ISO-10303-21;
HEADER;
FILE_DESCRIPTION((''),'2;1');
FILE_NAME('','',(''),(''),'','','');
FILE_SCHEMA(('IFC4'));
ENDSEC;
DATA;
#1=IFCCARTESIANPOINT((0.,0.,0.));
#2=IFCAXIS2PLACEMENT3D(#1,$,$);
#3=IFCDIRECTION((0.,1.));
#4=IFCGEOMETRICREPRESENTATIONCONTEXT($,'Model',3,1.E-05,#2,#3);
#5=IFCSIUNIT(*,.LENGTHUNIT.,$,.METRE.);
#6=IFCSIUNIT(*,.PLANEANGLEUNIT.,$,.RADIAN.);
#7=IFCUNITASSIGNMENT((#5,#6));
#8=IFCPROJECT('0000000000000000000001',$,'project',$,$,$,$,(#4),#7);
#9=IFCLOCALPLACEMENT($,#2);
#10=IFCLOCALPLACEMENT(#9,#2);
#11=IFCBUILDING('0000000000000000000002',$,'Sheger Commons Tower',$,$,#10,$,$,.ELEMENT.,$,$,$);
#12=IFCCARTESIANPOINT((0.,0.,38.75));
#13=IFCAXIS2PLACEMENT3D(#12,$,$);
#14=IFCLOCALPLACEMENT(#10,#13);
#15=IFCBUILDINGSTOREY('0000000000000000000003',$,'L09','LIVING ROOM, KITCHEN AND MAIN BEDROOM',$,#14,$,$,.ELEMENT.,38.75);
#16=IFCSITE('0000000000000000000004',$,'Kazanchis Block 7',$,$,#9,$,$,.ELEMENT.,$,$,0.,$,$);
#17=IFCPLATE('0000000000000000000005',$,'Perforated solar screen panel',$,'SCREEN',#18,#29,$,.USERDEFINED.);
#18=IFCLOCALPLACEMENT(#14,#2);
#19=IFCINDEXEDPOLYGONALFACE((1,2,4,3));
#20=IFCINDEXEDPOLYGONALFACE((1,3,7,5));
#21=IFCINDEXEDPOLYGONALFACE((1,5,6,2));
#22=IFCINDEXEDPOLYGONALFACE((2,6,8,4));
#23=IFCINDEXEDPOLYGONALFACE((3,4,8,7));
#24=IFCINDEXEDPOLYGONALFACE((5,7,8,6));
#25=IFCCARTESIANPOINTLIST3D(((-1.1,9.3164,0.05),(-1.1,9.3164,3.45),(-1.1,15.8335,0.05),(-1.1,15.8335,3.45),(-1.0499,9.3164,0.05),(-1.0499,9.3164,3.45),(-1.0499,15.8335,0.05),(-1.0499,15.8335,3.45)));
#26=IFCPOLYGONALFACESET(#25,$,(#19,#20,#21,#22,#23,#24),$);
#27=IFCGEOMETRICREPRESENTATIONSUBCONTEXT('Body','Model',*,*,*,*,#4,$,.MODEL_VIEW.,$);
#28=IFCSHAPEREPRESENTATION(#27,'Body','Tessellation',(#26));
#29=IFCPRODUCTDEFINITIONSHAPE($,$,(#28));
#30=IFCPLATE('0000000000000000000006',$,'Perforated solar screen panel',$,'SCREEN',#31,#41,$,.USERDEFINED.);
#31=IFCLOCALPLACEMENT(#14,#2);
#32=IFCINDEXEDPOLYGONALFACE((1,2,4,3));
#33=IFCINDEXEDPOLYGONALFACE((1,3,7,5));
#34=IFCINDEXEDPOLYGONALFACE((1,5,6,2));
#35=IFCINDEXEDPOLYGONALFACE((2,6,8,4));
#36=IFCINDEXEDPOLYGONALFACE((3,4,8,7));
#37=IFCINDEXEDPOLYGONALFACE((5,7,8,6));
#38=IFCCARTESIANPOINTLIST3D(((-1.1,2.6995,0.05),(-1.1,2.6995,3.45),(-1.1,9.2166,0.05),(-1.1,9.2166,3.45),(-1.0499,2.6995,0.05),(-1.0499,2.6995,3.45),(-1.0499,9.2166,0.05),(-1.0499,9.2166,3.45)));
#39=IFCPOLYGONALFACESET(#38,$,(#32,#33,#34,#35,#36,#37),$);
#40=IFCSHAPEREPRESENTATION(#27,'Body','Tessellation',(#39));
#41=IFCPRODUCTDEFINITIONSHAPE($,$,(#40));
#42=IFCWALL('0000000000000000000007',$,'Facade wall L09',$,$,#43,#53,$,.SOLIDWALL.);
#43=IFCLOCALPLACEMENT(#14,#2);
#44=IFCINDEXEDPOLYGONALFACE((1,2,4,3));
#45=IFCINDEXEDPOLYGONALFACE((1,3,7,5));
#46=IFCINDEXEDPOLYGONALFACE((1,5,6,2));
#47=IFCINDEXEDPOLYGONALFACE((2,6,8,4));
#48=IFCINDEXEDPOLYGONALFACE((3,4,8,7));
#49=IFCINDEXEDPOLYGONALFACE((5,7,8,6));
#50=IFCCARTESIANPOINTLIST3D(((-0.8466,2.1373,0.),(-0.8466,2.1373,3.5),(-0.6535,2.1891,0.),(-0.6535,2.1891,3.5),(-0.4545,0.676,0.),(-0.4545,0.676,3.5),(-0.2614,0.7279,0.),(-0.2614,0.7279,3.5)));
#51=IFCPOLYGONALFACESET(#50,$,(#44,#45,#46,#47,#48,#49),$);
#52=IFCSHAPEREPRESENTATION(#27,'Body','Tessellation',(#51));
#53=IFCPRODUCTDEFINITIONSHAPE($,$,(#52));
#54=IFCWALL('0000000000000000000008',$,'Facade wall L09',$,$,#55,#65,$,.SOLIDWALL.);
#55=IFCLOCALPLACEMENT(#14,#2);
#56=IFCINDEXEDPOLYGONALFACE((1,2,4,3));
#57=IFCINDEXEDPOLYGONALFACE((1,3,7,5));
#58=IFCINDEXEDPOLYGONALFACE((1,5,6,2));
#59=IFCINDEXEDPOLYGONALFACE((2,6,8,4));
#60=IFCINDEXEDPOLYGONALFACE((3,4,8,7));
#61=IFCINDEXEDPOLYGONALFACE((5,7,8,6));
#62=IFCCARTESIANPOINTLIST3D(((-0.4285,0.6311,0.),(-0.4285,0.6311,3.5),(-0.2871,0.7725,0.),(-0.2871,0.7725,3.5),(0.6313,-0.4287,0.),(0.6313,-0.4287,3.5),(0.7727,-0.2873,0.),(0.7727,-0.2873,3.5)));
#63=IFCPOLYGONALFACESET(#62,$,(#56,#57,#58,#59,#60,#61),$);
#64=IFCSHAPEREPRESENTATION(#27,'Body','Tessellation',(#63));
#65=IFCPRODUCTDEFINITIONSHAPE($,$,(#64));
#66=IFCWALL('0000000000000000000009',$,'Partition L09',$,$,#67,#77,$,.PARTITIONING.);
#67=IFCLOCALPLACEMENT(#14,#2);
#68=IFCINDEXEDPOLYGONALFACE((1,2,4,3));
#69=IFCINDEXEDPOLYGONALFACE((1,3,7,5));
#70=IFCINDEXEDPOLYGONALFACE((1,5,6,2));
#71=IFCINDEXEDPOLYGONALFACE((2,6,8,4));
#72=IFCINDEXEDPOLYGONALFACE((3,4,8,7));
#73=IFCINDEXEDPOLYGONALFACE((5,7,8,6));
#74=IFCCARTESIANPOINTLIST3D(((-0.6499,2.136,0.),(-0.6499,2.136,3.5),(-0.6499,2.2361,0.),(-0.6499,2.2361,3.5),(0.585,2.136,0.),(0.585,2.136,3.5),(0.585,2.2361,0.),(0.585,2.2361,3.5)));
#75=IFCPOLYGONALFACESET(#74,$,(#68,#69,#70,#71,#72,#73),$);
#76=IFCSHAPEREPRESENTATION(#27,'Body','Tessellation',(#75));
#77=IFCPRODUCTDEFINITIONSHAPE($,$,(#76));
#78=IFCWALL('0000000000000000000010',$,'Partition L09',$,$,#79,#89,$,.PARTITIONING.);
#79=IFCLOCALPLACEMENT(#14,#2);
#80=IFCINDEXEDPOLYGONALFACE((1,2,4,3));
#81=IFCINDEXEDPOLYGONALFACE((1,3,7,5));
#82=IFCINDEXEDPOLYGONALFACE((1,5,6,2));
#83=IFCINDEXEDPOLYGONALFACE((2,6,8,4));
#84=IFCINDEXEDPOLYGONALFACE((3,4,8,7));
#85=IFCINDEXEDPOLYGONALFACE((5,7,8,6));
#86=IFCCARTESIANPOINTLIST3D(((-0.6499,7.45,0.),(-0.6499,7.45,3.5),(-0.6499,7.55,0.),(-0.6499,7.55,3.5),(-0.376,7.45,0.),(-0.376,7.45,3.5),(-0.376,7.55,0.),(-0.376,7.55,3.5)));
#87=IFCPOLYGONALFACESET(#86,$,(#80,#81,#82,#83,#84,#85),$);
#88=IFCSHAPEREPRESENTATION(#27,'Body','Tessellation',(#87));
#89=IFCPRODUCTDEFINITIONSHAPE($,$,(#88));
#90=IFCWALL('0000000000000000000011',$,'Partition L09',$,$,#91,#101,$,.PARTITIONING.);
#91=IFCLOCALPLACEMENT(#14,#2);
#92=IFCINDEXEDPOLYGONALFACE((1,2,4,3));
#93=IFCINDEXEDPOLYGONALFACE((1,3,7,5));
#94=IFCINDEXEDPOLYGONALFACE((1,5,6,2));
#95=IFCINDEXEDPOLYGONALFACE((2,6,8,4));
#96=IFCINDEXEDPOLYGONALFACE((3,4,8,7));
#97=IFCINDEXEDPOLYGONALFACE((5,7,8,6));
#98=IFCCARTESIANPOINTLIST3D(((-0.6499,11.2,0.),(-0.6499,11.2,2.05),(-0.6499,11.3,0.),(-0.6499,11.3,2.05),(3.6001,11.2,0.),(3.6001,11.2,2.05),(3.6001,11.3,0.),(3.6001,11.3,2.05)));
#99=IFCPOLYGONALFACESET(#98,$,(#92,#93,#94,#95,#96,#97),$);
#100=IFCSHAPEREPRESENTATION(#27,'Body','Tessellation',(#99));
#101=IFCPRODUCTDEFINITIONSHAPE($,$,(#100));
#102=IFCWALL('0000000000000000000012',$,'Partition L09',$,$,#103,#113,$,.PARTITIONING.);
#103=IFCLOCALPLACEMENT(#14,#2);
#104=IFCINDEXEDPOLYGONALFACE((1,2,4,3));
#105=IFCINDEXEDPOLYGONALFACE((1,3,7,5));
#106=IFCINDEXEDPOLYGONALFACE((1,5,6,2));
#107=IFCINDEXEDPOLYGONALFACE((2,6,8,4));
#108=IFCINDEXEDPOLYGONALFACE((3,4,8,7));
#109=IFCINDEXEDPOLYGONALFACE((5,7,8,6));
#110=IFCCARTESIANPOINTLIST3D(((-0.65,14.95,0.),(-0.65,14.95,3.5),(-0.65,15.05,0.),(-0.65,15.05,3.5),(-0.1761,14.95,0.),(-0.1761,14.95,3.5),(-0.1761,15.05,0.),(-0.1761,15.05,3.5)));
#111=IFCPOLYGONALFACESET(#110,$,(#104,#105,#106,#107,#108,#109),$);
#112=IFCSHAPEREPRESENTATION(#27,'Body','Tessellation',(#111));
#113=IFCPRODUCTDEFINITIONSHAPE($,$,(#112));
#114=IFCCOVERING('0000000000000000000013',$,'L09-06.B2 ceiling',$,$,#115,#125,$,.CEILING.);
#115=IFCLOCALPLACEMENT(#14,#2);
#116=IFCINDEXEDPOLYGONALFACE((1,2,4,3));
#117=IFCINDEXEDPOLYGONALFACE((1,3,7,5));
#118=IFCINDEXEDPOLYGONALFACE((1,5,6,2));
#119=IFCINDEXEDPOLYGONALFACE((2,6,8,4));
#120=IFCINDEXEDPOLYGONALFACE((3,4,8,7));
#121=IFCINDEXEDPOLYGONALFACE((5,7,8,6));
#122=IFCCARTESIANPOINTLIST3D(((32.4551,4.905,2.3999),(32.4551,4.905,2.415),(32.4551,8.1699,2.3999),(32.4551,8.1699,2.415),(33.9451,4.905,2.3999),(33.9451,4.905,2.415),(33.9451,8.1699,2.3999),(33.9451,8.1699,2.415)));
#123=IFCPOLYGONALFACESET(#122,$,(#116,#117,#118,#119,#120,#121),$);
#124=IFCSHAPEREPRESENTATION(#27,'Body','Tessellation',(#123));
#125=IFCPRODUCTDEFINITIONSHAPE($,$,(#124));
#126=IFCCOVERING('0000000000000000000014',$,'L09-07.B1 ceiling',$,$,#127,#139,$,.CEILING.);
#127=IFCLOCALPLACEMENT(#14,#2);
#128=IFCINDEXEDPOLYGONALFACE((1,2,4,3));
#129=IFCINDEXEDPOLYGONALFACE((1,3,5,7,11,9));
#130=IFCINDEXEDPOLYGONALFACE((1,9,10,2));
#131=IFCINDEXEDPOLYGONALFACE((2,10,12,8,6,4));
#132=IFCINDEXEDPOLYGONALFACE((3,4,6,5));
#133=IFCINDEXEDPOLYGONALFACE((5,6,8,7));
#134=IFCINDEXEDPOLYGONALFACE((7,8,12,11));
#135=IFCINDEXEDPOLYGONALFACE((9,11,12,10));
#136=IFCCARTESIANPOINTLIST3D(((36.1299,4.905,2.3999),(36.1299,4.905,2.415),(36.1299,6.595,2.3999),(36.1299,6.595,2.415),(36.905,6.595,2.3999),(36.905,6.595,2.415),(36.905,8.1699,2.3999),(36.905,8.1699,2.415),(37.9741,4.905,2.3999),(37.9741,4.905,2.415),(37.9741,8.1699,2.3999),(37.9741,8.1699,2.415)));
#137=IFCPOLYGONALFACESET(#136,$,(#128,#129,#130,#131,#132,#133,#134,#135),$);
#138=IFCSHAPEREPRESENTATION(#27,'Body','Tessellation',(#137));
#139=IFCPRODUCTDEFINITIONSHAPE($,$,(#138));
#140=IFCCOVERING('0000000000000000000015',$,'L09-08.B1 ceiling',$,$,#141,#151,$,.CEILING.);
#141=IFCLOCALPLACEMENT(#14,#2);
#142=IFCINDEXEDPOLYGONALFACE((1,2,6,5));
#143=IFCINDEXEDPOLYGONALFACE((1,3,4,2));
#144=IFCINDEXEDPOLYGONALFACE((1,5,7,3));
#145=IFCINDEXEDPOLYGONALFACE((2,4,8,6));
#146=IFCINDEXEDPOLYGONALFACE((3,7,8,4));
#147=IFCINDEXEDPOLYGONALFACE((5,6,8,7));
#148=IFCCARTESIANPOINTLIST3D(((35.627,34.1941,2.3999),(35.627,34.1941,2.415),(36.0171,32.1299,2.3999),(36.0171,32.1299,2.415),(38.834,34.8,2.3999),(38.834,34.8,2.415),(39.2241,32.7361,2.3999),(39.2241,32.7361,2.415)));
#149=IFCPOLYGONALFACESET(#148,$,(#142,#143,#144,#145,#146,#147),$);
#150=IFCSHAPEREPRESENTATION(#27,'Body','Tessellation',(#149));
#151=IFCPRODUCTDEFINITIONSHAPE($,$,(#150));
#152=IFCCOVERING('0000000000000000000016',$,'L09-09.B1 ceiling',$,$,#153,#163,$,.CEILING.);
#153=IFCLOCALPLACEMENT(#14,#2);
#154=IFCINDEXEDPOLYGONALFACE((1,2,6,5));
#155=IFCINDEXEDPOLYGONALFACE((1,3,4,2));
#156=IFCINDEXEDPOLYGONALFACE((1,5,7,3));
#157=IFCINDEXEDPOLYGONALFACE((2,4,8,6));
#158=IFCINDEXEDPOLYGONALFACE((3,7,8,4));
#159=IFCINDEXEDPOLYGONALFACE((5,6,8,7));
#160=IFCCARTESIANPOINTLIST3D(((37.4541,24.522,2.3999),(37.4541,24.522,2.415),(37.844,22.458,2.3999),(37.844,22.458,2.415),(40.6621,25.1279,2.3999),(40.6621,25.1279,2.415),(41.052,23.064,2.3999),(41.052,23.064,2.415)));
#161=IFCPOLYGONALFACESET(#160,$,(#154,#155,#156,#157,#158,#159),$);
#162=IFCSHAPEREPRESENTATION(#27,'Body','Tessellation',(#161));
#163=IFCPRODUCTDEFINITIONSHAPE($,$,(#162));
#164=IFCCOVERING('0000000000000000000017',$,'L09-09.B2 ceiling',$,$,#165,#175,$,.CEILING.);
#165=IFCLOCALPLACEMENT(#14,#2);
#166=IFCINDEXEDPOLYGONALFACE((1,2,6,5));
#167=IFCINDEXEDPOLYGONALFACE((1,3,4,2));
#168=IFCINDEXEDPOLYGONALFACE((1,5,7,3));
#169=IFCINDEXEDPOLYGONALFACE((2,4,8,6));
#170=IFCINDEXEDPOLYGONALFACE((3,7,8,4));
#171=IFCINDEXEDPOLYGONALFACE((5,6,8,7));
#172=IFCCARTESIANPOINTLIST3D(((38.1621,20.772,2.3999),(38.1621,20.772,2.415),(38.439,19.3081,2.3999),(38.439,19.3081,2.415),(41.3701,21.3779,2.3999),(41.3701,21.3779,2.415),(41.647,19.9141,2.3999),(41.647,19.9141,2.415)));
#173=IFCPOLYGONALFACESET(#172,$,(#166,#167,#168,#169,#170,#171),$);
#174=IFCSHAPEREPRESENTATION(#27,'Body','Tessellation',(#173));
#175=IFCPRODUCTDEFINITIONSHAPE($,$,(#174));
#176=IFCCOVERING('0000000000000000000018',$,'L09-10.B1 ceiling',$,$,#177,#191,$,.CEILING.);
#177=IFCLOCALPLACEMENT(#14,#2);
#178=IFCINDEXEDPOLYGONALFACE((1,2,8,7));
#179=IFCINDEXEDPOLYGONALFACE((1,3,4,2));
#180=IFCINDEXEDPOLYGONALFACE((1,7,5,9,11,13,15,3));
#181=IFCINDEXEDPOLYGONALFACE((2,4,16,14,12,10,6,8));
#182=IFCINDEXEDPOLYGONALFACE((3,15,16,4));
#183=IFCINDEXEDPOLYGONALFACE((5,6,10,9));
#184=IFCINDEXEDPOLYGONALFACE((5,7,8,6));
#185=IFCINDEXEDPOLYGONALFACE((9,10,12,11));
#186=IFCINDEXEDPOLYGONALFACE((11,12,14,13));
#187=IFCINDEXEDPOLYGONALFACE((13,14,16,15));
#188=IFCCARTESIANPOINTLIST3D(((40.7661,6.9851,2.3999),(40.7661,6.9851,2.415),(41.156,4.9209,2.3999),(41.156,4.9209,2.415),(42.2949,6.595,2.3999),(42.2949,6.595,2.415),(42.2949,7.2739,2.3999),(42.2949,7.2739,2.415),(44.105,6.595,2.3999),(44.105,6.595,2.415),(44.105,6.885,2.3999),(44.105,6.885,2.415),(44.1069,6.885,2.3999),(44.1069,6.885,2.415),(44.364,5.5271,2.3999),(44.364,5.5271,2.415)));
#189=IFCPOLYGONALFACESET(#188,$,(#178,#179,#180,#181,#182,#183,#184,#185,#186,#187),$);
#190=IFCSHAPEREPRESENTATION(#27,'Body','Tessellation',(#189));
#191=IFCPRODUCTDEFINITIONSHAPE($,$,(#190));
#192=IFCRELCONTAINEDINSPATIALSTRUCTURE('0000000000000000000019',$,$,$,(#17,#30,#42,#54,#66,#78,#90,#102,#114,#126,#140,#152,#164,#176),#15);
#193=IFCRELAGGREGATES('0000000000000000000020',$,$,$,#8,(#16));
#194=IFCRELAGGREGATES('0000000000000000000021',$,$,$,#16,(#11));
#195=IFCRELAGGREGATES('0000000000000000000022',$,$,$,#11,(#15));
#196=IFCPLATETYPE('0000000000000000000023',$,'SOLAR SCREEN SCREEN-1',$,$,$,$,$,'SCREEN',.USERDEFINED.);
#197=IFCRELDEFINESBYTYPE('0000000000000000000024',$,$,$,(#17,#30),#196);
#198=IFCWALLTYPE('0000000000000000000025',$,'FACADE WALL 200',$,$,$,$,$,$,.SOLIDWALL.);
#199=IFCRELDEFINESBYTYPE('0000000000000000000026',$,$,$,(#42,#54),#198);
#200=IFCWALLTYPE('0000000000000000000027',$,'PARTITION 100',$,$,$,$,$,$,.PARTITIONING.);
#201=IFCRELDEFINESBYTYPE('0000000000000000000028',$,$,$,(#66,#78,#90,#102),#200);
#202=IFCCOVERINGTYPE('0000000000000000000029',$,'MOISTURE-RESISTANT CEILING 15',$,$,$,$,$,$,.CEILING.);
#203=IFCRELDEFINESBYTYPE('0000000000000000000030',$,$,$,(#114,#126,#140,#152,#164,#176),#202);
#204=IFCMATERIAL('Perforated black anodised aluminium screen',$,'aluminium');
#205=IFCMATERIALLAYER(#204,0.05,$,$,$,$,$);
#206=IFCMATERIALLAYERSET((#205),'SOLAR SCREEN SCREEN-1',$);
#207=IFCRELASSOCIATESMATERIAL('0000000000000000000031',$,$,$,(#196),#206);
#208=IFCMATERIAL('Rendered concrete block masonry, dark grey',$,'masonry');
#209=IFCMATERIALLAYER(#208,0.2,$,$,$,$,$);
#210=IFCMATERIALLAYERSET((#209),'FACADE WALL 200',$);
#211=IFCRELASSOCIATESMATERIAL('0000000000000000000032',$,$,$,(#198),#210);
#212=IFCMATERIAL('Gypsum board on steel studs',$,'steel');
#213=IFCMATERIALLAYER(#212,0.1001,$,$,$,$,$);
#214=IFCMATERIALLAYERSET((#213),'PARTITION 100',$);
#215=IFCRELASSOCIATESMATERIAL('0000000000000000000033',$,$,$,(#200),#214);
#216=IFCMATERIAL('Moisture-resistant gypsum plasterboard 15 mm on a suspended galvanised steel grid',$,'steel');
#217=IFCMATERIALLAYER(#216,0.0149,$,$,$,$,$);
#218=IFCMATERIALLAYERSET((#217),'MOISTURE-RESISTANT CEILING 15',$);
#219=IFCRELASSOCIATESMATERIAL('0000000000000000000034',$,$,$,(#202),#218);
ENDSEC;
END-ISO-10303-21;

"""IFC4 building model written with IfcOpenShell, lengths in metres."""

from ifc_helpers import new_model, si_unit, direction, frame, frame_2d, origin, origin_2d, place, context, subcontext, project, spatial, polyline, rectangle, outline, extrude, material, layer, layer_set, type_object, element, save


model = new_model("IFC4")

# Units and contexts
model_context = context("Model", 3, precision=1e-05, world=origin(), true_north=direction((0.0, 1.0)))
body_context = subcontext(model_context, "Body", "Model", "MODEL_VIEW")
ifc_project = project(units=[si_unit("LENGTHUNIT", "METRE"), si_unit("PLANEANGLEUNIT", "RADIAN")], contexts=[model_context])

# Site, building, storey
site_placement = place(None, origin())
site = spatial("IfcSite", under=ifc_project, at=site_placement, Name="Kazanchis Block 7", CompositionType="ELEMENT", RefElevation=0.0)
building_placement = place(site_placement, origin())
building = spatial("IfcBuilding", under=site, at=building_placement, Name="Sheger Commons Tower", CompositionType="ELEMENT")
storey_placement = place(building_placement, frame((0.0, 0.0, 38.75)))
storey = spatial("IfcBuildingStorey", under=building, at=storey_placement, Name="L09", Description="LIVING ROOM, KITCHEN AND MAIN BEDROOM", CompositionType="ELEMENT", Elevation=38.75)

# Plates
ifc_material_1 = material(Name="Perforated black anodised aluminium screen", Category="aluminium")
ifc_layer_1 = layer(ifc_material_1, 0.05)
ifc_layer_set_1 = layer_set([ifc_layer_1], Name="SOLAR SCREEN SCREEN-1")
plate_type = type_object("IfcPlateType", Name="SOLAR SCREEN SCREEN-1", ElementType="SCREEN", PredefinedType="USERDEFINED", material=ifc_layer_set_1)
for number, where, z_axis, x_axis, name in (
    (1, (-1.075, 12.575, 0.05), (0.0, 0.0, 1.0), (0.0, -1.0, 0.0), "Perforated solar screen panel"),
    (2, (-1.075, 5.958, 0.05), (0.0, 0.0, 1.0), (0.0, -1.0, 0.0), "Perforated solar screen panel"),
):
    element("IfcPlate", number, at=place(storey_placement, frame(where, z_axis=z_axis, x_axis=x_axis)), inside=storey, type_object=plate_type, Name=name, ObjectType="SCREEN", PredefinedType="USERDEFINED", context=body_context, shape_type="SweptSolid", body=[
        extrude(rectangle(XDim=6.5171, YDim=0.05, at=origin_2d()), origin(), (0.0, 0.0, 1.0), 3.3999),
    ])

# Walls
ifc_material_2 = material(Name="Rendered concrete block masonry, dark grey", Category="masonry")
ifc_layer_2 = layer(ifc_material_2, 0.2)
ifc_layer_set_2 = layer_set([ifc_layer_2], Name="FACADE WALL 200")
wall_type_1 = type_object("IfcWallType", Name="FACADE WALL 200", PredefinedType="SOLIDWALL", material=ifc_layer_set_2)
wall_1_placement = place(storey_placement, frame((-0.75, 2.1631, 0.0), z_axis=(0.0, 0.0, 1.0), x_axis=(0.259169, -0.965832, 0.0)))
element("IfcWall", 3, at=wall_1_placement, inside=storey, type_object=wall_type_1, Name="Facade wall L09", PredefinedType="SOLIDWALL", context=body_context, shape_type="SweptSolid", body=[
    extrude(rectangle(XDim=1.5129, YDim=0.2, at=frame_2d((0.7563, 0.0))), origin(), (0.0, 0.0, 1.0), 3.5),
])
wall_2_placement = place(storey_placement, frame((-0.3579, 0.7019, 0.0), z_axis=(0.0, 0.0, 1.0), x_axis=(0.707107, -0.707107, 0.0)))
element("IfcWall", 4, at=wall_2_placement, inside=storey, type_object=wall_type_1, Name="Facade wall L09", PredefinedType="SOLIDWALL", context=body_context, shape_type="SweptSolid", body=[
    extrude(rectangle(XDim=1.4988, YDim=0.2, at=frame_2d((0.7495, 0.0))), origin(), (0.0, 0.0, 1.0), 3.5),
])
ifc_material_3 = material(Name="Gypsum board on steel studs", Category="steel")
ifc_layer_3 = layer(ifc_material_3, 0.1001)
ifc_layer_set_3 = layer_set([ifc_layer_3], Name="PARTITION 100")
wall_type_2 = type_object("IfcWallType", Name="PARTITION 100", PredefinedType="PARTITIONING", material=ifc_layer_set_3)
wall_3_placement = place(storey_placement, frame((-0.6499, 2.186, 0.0), z_axis=(0.0, 0.0, 1.0), x_axis=(1.0, 0.0, 0.0)))
element("IfcWall", 5, at=wall_3_placement, inside=storey, type_object=wall_type_2, Name="Partition L09", PredefinedType="PARTITIONING", context=body_context, shape_type="SweptSolid", body=[
    extrude(rectangle(XDim=1.2349, YDim=0.1001, at=frame_2d((0.6174, 0.0))), origin(), (0.0, 0.0, 1.0), 3.5),
])
wall_4_placement = place(storey_placement, frame((-0.6499, 7.5, 0.0), z_axis=(0.0, 0.0, 1.0), x_axis=(1.0, 0.0, 0.0)))
element("IfcWall", 6, at=wall_4_placement, inside=storey, type_object=wall_type_2, Name="Partition L09", PredefinedType="PARTITIONING", context=body_context, shape_type="SweptSolid", body=[
    extrude(rectangle(XDim=0.2739, YDim=0.1001, at=frame_2d((0.137, 0.0))), origin(), (0.0, 0.0, 1.0), 3.5),
])
wall_5_placement = place(storey_placement, frame((-0.6499, 11.25, 0.0), z_axis=(0.0, 0.0, 1.0), x_axis=(1.0, 0.0, 0.0)))
element("IfcWall", 7, at=wall_5_placement, inside=storey, type_object=wall_type_2, Name="Partition L09", PredefinedType="PARTITIONING", context=body_context, shape_type="SweptSolid", body=[
    extrude(rectangle(XDim=4.25, YDim=0.1001, at=frame_2d((2.125, 0.0))), origin(), (0.0, 0.0, 1.0), 2.05),
])
wall_6_placement = place(storey_placement, frame((-0.6499, 15.0, 0.0), z_axis=(0.0, 0.0, 1.0), x_axis=(1.0, 0.0, 0.0)))
element("IfcWall", 8, at=wall_6_placement, inside=storey, type_object=wall_type_2, Name="Partition L09", PredefinedType="PARTITIONING", context=body_context, shape_type="SweptSolid", body=[
    extrude(rectangle(XDim=0.4739, YDim=0.1001, at=frame_2d((0.2368, 0.0))), origin(), (0.0, 0.0, 1.0), 3.5),
])

# Coverings
ifc_material_4 = material(Name="Moisture-resistant gypsum plasterboard 15 mm on a suspended galvanised steel grid", Category="steel")
ifc_layer_4 = layer(ifc_material_4, 0.0149)
ifc_layer_set_4 = layer_set([ifc_layer_4], Name="MOISTURE-RESISTANT CEILING 15")
covering_type_1 = type_object("IfcCoveringType", Name="MOISTURE-RESISTANT CEILING 15", PredefinedType="CEILING", material=ifc_layer_set_4)
covering_1_placement = place(storey_placement, frame((0.0, 0.0, 2.3999)))
element("IfcCovering", 9, at=covering_1_placement, inside=storey, type_object=covering_type_1, Name="L09-06.B2 ceiling", PredefinedType="CEILING", context=body_context, shape_type="SweptSolid", body=[
    extrude(outline(polyline([(32.4551, 4.905), (33.9451, 4.905), (33.9451, 8.1699), (32.4551, 8.1699), (32.4551, 4.905)])), origin(), (0.0, 0.0, 1.0), 0.0151),
])
covering_2_placement = place(storey_placement, frame((0.0, 0.0, 2.3999)))
element("IfcCovering", 10, at=covering_2_placement, inside=storey, type_object=covering_type_1, Name="L09-07.B1 ceiling", PredefinedType="CEILING", context=body_context, shape_type="SweptSolid", body=[
    extrude(outline(polyline([(36.1299, 4.905), (37.9741, 4.905), (37.9741, 8.1699), (36.905, 8.1699), (36.905, 6.595), (36.1299, 6.595), (36.1299, 4.905)])), origin(), (0.0, 0.0, 1.0), 0.0151),
])
covering_3_placement = place(storey_placement, frame((0.0, 0.0, 2.3999)))
element("IfcCovering", 11, at=covering_3_placement, inside=storey, type_object=covering_type_1, Name="L09-08.B1 ceiling", PredefinedType="CEILING", context=body_context, shape_type="SweptSolid", body=[
    extrude(outline(polyline([(36.0171, 32.1299), (39.2241, 32.7361), (38.834, 34.8), (35.627, 34.1941), (36.0171, 32.1299)])), origin(), (0.0, 0.0, 1.0), 0.0151),
])
covering_4_placement = place(storey_placement, frame((0.0, 0.0, 2.3999)))
element("IfcCovering", 12, at=covering_4_placement, inside=storey, type_object=covering_type_1, Name="L09-09.B1 ceiling", PredefinedType="CEILING", context=body_context, shape_type="SweptSolid", body=[
    extrude(outline(polyline([(37.844, 22.458), (41.052, 23.064), (40.6621, 25.1279), (37.4541, 24.522), (37.844, 22.458)])), origin(), (0.0, 0.0, 1.0), 0.0151),
])
covering_5_placement = place(storey_placement, frame((0.0, 0.0, 2.3999)))
element("IfcCovering", 13, at=covering_5_placement, inside=storey, type_object=covering_type_1, Name="L09-09.B2 ceiling", PredefinedType="CEILING", context=body_context, shape_type="SweptSolid", body=[
    extrude(outline(polyline([(38.439, 19.3081), (41.647, 19.9141), (41.3701, 21.3779), (38.1621, 20.772), (38.439, 19.3081)])), origin(), (0.0, 0.0, 1.0), 0.0151),
])
covering_6_placement = place(storey_placement, frame((0.0, 0.0, 2.3999)))
element("IfcCovering", 14, at=covering_6_placement, inside=storey, type_object=covering_type_1, Name="L09-10.B1 ceiling", PredefinedType="CEILING", context=body_context, shape_type="SweptSolid", body=[
    extrude(outline(polyline([(41.156, 4.9209), (44.364, 5.5271), (44.1069, 6.885), (44.105, 6.885), (44.105, 6.595), (42.2949, 6.595), (42.2949, 7.2739), (40.7661, 6.9851), (41.156, 4.9209)])), origin(), (0.0, 0.0, 1.0), 0.0151),
])

save(model, "model.ifc")
